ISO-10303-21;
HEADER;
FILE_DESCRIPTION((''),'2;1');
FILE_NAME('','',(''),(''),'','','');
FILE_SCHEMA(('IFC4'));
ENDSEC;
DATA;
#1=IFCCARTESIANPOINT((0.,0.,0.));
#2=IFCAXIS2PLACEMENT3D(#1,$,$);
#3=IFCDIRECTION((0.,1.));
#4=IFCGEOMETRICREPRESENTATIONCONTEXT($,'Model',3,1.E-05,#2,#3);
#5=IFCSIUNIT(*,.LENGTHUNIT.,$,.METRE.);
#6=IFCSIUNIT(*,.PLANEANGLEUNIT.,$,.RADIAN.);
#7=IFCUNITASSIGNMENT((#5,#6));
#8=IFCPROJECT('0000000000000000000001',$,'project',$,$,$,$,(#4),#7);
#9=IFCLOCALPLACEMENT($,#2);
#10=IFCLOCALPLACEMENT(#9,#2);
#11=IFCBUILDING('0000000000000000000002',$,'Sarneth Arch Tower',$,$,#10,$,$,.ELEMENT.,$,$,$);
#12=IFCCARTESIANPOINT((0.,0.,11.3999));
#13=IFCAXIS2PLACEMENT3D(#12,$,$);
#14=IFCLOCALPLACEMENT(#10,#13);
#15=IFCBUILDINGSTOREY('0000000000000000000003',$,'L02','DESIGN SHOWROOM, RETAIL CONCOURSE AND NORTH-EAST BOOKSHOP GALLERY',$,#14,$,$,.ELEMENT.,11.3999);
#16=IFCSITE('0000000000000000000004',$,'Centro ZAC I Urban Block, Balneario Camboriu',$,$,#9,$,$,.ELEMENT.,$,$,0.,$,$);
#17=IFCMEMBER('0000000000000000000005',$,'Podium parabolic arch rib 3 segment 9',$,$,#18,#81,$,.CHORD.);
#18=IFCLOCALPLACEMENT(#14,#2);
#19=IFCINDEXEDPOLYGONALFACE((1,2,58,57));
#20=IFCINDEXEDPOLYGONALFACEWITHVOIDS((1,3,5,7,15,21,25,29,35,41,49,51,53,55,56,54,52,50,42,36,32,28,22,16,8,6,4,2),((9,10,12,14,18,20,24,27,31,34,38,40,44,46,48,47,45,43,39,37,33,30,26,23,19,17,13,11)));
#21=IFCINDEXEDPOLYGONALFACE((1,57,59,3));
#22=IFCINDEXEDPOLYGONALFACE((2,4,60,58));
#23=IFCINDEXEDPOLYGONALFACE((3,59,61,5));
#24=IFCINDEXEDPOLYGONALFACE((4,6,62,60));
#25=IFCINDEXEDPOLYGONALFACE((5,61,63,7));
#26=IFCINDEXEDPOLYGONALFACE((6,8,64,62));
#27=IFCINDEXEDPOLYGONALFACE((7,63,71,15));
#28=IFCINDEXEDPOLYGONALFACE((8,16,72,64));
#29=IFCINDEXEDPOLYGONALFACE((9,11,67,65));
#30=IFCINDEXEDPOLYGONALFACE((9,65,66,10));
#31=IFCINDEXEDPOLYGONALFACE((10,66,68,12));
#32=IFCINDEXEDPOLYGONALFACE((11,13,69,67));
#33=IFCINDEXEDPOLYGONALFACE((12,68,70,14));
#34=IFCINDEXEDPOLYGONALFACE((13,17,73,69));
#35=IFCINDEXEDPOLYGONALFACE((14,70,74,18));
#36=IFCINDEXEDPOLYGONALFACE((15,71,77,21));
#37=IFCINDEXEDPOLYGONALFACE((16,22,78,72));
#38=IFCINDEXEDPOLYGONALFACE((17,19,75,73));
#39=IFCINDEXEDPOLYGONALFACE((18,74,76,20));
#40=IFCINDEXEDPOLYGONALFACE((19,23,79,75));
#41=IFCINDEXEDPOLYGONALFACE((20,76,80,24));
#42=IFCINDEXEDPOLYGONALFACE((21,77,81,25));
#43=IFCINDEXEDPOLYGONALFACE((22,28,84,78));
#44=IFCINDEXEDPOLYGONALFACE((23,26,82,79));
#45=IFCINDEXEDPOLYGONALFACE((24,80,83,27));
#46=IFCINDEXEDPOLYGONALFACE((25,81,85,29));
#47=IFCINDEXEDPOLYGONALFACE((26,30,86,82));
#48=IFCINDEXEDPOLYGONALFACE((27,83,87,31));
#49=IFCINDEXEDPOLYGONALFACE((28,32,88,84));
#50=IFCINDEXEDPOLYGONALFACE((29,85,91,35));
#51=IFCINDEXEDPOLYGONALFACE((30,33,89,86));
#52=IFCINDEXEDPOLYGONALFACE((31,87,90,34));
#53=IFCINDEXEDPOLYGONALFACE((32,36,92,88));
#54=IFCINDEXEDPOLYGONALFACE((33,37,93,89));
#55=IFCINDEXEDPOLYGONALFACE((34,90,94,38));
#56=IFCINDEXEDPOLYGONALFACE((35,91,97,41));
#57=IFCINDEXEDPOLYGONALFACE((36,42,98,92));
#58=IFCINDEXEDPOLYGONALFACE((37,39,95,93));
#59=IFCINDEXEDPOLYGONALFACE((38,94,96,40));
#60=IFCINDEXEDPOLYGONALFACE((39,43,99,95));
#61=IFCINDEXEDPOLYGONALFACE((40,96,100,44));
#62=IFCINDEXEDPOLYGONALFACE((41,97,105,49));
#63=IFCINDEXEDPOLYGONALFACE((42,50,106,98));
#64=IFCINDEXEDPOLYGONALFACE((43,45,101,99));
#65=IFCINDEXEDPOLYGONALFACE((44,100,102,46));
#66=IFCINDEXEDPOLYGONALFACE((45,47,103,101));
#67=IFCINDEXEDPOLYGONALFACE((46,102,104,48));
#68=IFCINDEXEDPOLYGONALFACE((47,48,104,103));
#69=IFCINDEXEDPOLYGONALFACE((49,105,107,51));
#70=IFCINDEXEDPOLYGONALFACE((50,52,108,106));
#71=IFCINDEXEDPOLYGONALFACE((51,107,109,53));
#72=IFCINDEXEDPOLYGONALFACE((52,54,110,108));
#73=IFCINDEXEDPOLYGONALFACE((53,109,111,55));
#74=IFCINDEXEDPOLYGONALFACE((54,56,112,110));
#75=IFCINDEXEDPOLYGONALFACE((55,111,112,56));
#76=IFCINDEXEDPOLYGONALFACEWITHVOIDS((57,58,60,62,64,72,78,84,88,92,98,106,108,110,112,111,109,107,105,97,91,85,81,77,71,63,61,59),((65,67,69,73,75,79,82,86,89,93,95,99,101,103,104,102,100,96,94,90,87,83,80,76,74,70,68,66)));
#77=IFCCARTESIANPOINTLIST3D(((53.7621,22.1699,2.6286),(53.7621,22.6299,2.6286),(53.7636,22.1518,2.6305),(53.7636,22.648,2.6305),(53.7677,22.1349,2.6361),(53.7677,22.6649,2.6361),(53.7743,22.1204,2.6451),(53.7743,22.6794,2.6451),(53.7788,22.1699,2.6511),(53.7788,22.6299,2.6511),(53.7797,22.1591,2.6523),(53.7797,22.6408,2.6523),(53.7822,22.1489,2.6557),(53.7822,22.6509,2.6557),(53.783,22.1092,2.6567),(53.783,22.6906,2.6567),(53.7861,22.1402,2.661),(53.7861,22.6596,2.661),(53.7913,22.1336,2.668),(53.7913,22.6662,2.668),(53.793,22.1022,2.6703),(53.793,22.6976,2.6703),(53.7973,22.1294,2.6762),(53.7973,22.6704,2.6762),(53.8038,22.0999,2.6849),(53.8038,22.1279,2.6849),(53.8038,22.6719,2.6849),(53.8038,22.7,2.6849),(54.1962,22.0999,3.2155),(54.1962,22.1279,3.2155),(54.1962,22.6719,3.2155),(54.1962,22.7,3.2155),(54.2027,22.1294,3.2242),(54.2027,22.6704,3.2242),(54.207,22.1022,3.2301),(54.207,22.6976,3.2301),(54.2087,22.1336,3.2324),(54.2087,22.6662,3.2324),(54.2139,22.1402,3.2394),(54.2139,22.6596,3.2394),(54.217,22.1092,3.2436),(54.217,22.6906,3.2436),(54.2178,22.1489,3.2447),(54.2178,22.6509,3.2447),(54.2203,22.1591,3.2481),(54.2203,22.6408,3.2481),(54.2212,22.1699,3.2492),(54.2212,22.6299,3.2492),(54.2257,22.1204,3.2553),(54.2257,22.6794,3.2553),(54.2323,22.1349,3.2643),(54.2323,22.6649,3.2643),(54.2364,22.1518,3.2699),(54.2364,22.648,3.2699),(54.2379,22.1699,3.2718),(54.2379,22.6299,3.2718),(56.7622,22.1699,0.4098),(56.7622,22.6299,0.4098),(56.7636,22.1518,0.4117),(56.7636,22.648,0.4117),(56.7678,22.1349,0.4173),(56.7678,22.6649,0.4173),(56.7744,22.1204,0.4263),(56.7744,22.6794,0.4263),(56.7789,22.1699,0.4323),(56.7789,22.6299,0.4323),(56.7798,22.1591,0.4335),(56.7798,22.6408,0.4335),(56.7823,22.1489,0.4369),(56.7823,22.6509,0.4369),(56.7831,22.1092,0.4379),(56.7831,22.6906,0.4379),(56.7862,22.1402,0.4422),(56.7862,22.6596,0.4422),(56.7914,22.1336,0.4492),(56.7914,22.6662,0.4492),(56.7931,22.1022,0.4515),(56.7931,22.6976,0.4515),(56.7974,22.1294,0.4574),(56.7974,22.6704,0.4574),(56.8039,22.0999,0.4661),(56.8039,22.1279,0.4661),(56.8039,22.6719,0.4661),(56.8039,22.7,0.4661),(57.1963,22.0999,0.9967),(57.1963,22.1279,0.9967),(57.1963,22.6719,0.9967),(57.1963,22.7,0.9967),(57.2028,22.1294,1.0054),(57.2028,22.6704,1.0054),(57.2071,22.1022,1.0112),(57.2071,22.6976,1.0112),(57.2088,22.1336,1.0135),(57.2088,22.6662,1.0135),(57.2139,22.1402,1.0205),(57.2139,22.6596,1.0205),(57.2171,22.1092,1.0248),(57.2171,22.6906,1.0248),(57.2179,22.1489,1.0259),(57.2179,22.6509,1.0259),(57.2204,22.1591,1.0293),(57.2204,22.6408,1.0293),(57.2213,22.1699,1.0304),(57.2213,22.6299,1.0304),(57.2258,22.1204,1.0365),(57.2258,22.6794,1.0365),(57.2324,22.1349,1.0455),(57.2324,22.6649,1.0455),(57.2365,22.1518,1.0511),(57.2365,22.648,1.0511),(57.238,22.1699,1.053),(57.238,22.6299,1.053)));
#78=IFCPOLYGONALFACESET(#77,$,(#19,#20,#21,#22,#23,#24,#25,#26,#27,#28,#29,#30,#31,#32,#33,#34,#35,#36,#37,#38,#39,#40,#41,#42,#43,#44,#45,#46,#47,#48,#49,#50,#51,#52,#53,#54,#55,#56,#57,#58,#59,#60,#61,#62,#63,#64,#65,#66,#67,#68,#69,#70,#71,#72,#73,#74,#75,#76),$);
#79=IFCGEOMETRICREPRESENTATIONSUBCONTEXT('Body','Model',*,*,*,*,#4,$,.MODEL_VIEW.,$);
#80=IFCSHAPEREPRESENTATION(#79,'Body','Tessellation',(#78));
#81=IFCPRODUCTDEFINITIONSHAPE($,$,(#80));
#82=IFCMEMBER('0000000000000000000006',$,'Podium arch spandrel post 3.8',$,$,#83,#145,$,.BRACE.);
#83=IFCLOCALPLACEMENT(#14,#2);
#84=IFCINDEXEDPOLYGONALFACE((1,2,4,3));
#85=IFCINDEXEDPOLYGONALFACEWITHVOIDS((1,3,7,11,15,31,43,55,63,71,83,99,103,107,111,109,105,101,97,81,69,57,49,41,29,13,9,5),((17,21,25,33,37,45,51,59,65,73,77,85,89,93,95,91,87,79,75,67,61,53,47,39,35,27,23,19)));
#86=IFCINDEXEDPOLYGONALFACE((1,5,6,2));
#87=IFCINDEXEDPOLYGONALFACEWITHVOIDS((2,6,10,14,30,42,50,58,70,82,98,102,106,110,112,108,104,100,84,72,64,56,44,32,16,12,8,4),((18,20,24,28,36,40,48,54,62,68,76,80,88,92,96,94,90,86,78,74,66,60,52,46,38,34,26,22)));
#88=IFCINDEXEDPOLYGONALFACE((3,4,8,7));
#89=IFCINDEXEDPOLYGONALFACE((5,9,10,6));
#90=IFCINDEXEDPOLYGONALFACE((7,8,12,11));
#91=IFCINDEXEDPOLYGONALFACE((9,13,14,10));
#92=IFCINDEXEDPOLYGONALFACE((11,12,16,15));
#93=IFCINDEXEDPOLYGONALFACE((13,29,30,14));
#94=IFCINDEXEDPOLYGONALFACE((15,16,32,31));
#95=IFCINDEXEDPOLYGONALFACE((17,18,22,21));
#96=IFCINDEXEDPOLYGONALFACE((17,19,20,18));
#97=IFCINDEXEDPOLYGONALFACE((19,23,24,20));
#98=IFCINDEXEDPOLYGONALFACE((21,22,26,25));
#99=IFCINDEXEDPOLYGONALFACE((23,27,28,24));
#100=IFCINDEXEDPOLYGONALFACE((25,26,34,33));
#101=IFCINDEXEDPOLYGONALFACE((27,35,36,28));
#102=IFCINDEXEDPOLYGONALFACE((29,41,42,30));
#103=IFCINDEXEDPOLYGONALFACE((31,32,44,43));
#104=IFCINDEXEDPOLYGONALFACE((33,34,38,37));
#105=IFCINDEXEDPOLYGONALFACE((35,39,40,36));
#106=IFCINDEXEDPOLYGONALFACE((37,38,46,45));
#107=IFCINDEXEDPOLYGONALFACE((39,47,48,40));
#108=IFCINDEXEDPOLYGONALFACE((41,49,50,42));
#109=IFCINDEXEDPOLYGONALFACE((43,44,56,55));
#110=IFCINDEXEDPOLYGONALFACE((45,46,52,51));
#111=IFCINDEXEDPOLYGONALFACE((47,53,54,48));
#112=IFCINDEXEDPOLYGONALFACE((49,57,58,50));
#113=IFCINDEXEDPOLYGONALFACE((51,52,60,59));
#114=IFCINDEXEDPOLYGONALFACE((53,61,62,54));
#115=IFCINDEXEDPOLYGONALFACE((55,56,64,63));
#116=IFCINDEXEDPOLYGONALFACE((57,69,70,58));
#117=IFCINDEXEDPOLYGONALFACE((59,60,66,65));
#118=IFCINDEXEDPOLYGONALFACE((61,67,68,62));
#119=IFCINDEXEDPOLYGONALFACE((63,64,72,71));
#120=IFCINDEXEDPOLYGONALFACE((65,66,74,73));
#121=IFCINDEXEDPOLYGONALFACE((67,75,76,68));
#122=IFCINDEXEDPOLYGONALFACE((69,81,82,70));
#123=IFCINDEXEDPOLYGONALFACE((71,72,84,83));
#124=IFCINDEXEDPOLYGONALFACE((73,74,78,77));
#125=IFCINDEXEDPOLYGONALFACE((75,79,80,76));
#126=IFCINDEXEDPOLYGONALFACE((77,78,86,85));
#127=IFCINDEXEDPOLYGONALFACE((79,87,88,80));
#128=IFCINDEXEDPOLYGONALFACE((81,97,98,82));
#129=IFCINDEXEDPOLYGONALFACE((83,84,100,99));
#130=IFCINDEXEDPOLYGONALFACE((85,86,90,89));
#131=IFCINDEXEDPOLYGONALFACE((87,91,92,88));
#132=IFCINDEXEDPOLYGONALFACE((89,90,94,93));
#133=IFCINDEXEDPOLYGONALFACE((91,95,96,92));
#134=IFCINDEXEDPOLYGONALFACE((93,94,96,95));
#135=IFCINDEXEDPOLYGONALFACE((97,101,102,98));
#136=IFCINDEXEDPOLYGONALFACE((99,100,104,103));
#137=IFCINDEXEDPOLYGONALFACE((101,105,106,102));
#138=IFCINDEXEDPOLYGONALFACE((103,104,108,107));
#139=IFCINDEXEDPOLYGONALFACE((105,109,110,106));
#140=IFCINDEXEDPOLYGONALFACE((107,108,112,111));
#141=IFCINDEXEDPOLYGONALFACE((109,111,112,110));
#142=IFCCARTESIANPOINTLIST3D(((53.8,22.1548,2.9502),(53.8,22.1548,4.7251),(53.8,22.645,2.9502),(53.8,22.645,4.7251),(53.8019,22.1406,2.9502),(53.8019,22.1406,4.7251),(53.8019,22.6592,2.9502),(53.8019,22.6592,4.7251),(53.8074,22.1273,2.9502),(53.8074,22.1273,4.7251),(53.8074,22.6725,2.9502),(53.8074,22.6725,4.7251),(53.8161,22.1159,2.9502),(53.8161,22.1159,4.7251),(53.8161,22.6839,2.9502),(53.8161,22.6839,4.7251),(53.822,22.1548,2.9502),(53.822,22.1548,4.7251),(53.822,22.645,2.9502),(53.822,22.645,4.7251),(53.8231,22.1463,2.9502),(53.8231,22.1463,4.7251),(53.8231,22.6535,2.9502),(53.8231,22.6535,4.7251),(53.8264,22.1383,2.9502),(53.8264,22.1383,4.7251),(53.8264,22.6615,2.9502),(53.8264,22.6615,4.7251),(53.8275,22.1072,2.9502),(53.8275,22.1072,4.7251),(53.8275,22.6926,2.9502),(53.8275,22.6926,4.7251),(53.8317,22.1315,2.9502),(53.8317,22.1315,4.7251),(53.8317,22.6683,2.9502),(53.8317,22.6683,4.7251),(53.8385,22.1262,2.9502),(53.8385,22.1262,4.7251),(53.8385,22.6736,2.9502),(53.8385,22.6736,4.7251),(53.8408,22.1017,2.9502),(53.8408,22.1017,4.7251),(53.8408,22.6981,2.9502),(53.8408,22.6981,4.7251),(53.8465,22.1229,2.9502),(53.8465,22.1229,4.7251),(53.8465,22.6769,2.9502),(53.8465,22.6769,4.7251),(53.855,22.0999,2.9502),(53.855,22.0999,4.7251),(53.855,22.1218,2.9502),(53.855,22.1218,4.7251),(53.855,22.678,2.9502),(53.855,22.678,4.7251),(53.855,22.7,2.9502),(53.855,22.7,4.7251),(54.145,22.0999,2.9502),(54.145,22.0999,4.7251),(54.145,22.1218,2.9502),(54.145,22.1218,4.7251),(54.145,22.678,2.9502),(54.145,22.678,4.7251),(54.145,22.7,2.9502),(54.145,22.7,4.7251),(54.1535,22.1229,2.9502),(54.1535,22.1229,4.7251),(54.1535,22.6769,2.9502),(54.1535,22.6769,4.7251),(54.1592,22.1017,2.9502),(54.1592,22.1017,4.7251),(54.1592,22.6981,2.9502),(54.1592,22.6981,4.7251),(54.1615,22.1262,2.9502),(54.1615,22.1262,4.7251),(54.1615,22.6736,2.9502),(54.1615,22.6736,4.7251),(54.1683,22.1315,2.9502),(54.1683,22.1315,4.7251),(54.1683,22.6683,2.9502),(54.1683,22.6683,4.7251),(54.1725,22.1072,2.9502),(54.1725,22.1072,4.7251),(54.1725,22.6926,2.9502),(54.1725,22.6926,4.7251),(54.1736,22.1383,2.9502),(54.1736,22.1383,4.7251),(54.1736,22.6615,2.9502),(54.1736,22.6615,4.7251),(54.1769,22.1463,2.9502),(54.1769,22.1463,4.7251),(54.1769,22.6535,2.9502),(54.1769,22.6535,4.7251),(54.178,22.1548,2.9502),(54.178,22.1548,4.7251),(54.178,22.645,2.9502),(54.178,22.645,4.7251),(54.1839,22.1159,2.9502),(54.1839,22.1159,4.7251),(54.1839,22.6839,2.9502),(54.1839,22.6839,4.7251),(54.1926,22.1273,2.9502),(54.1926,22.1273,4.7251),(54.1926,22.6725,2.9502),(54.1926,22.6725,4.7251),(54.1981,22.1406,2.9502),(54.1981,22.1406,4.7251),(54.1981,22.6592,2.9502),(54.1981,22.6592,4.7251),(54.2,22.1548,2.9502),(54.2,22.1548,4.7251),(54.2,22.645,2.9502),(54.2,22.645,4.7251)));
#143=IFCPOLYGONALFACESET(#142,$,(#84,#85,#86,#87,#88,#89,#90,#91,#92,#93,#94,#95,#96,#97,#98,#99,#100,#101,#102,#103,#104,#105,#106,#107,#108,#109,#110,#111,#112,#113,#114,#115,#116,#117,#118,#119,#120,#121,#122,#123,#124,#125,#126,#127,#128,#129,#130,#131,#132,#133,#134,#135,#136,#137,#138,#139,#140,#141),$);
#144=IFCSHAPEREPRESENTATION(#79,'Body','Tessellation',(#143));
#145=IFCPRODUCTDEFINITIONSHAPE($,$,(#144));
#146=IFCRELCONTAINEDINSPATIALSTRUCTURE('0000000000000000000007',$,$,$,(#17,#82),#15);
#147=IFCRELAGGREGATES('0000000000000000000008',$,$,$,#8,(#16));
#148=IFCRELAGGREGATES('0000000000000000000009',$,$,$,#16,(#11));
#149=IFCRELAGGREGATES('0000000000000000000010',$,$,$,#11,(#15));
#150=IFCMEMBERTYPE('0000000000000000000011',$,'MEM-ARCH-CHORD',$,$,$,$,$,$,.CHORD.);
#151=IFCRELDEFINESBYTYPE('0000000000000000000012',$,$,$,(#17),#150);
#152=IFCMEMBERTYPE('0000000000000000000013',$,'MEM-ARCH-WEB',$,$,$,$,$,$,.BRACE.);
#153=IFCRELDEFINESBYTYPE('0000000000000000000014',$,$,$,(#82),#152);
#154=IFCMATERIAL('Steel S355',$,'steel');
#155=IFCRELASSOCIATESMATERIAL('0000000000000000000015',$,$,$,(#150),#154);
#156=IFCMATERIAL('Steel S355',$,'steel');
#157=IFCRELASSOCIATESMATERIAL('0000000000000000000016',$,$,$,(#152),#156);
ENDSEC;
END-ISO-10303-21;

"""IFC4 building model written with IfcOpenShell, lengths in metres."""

from ifc_helpers import new_model, si_unit, direction, frame, origin, origin_2d, place, context, subcontext, project, spatial, hollow_rectangle, extrude, material, material_profile, profile_set, type_object, element, save


model = new_model("IFC4")

# Units and contexts
model_context = context("Model", 3, precision=1e-05, world=origin(), true_north=direction((0.0, 1.0)))
body_context = subcontext(model_context, "Body", "Model", "MODEL_VIEW")
ifc_project = project(units=[si_unit("LENGTHUNIT", "METRE"), si_unit("PLANEANGLEUNIT", "RADIAN")], contexts=[model_context])

# Site, building, storey
site_placement = place(None, origin())
site = spatial("IfcSite", under=ifc_project, at=site_placement, Name="Centro ZAC I Urban Block, Balneario Camboriu", CompositionType="ELEMENT", RefElevation=0.0)
building_placement = place(site_placement, origin())
building = spatial("IfcBuilding", under=site, at=building_placement, Name="Sarneth Arch Tower", CompositionType="ELEMENT")
storey_placement = place(building_placement, frame((0.0, 0.0, 11.3999)))
storey = spatial("IfcBuildingStorey", under=building, at=storey_placement, Name="L02", Description="DESIGN SHOWROOM, RETAIL CONCOURSE AND NORTH-EAST BOOKSHOP GALLERY", CompositionType="ELEMENT", Elevation=11.3999)

# Members
ifc_material_1 = material(Name="Steel S355", Category="steel")
ifc_material_profile_1 = material_profile(ifc_material_1, hollow_rectangle(XDim=0.6001, YDim=0.8, WallThickness=0.0281, InnerFilletRadius=0.042, OuterFilletRadius=0.0701, at=origin_2d()), Name="RHS800x600x28")
ifc_profile_set_1 = profile_set([ifc_material_profile_1], Name="Steel S355")
member_type_1 = type_object("IfcMemberType", Name="MEM-ARCH-CHORD", PredefinedType="CHORD", material=ifc_profile_set_1)
member_1_placement = place(storey_placement, frame((54.0, 22.3999, 2.9502), z_axis=(0.804002, 0.0, -0.594627), x_axis=(0.0, 1.0, 0.0)))
element("IfcMember", 1, at=member_1_placement, inside=storey, type_object=member_type_1, Name="Podium parabolic arch rib 3 segment 9", PredefinedType="CHORD", context=body_context, shape_type="SweptSolid", body=[
    extrude(hollow_rectangle(XDim=0.6001, YDim=0.8, WallThickness=0.0281, InnerFilletRadius=0.042, OuterFilletRadius=0.0701, at=origin_2d()), origin(), (0.0, 0.0, 1.0), 3.7314),
])
ifc_material_2 = material(Name="Steel S355", Category="steel")
ifc_material_profile_2 = material_profile(ifc_material_2, hollow_rectangle(XDim=0.3999, YDim=0.6001, WallThickness=0.022, InnerFilletRadius=0.033, OuterFilletRadius=0.0549, at=origin_2d()), Name="RHS600x400x22")
ifc_profile_set_2 = profile_set([ifc_material_profile_2], Name="Steel S355")
member_type_2 = type_object("IfcMemberType", Name="MEM-ARCH-WEB", PredefinedType="BRACE", material=ifc_profile_set_2)
member_2_placement = place(storey_placement, frame((54.0, 22.3999, 2.9502), z_axis=(0.0, 0.0, 1.0), x_axis=(1.0, 0.0, 0.0)))
element("IfcMember", 2, at=member_2_placement, inside=storey, type_object=member_type_2, Name="Podium arch spandrel post 3.8", PredefinedType="BRACE", context=body_context, shape_type="SweptSolid", body=[
    extrude(hollow_rectangle(XDim=0.3999, YDim=0.6001, WallThickness=0.022, InnerFilletRadius=0.033, OuterFilletRadius=0.0549, at=origin_2d()), origin(), (0.0, 0.0, 1.0), 1.7749),
])

save(model, "model.ifc")
